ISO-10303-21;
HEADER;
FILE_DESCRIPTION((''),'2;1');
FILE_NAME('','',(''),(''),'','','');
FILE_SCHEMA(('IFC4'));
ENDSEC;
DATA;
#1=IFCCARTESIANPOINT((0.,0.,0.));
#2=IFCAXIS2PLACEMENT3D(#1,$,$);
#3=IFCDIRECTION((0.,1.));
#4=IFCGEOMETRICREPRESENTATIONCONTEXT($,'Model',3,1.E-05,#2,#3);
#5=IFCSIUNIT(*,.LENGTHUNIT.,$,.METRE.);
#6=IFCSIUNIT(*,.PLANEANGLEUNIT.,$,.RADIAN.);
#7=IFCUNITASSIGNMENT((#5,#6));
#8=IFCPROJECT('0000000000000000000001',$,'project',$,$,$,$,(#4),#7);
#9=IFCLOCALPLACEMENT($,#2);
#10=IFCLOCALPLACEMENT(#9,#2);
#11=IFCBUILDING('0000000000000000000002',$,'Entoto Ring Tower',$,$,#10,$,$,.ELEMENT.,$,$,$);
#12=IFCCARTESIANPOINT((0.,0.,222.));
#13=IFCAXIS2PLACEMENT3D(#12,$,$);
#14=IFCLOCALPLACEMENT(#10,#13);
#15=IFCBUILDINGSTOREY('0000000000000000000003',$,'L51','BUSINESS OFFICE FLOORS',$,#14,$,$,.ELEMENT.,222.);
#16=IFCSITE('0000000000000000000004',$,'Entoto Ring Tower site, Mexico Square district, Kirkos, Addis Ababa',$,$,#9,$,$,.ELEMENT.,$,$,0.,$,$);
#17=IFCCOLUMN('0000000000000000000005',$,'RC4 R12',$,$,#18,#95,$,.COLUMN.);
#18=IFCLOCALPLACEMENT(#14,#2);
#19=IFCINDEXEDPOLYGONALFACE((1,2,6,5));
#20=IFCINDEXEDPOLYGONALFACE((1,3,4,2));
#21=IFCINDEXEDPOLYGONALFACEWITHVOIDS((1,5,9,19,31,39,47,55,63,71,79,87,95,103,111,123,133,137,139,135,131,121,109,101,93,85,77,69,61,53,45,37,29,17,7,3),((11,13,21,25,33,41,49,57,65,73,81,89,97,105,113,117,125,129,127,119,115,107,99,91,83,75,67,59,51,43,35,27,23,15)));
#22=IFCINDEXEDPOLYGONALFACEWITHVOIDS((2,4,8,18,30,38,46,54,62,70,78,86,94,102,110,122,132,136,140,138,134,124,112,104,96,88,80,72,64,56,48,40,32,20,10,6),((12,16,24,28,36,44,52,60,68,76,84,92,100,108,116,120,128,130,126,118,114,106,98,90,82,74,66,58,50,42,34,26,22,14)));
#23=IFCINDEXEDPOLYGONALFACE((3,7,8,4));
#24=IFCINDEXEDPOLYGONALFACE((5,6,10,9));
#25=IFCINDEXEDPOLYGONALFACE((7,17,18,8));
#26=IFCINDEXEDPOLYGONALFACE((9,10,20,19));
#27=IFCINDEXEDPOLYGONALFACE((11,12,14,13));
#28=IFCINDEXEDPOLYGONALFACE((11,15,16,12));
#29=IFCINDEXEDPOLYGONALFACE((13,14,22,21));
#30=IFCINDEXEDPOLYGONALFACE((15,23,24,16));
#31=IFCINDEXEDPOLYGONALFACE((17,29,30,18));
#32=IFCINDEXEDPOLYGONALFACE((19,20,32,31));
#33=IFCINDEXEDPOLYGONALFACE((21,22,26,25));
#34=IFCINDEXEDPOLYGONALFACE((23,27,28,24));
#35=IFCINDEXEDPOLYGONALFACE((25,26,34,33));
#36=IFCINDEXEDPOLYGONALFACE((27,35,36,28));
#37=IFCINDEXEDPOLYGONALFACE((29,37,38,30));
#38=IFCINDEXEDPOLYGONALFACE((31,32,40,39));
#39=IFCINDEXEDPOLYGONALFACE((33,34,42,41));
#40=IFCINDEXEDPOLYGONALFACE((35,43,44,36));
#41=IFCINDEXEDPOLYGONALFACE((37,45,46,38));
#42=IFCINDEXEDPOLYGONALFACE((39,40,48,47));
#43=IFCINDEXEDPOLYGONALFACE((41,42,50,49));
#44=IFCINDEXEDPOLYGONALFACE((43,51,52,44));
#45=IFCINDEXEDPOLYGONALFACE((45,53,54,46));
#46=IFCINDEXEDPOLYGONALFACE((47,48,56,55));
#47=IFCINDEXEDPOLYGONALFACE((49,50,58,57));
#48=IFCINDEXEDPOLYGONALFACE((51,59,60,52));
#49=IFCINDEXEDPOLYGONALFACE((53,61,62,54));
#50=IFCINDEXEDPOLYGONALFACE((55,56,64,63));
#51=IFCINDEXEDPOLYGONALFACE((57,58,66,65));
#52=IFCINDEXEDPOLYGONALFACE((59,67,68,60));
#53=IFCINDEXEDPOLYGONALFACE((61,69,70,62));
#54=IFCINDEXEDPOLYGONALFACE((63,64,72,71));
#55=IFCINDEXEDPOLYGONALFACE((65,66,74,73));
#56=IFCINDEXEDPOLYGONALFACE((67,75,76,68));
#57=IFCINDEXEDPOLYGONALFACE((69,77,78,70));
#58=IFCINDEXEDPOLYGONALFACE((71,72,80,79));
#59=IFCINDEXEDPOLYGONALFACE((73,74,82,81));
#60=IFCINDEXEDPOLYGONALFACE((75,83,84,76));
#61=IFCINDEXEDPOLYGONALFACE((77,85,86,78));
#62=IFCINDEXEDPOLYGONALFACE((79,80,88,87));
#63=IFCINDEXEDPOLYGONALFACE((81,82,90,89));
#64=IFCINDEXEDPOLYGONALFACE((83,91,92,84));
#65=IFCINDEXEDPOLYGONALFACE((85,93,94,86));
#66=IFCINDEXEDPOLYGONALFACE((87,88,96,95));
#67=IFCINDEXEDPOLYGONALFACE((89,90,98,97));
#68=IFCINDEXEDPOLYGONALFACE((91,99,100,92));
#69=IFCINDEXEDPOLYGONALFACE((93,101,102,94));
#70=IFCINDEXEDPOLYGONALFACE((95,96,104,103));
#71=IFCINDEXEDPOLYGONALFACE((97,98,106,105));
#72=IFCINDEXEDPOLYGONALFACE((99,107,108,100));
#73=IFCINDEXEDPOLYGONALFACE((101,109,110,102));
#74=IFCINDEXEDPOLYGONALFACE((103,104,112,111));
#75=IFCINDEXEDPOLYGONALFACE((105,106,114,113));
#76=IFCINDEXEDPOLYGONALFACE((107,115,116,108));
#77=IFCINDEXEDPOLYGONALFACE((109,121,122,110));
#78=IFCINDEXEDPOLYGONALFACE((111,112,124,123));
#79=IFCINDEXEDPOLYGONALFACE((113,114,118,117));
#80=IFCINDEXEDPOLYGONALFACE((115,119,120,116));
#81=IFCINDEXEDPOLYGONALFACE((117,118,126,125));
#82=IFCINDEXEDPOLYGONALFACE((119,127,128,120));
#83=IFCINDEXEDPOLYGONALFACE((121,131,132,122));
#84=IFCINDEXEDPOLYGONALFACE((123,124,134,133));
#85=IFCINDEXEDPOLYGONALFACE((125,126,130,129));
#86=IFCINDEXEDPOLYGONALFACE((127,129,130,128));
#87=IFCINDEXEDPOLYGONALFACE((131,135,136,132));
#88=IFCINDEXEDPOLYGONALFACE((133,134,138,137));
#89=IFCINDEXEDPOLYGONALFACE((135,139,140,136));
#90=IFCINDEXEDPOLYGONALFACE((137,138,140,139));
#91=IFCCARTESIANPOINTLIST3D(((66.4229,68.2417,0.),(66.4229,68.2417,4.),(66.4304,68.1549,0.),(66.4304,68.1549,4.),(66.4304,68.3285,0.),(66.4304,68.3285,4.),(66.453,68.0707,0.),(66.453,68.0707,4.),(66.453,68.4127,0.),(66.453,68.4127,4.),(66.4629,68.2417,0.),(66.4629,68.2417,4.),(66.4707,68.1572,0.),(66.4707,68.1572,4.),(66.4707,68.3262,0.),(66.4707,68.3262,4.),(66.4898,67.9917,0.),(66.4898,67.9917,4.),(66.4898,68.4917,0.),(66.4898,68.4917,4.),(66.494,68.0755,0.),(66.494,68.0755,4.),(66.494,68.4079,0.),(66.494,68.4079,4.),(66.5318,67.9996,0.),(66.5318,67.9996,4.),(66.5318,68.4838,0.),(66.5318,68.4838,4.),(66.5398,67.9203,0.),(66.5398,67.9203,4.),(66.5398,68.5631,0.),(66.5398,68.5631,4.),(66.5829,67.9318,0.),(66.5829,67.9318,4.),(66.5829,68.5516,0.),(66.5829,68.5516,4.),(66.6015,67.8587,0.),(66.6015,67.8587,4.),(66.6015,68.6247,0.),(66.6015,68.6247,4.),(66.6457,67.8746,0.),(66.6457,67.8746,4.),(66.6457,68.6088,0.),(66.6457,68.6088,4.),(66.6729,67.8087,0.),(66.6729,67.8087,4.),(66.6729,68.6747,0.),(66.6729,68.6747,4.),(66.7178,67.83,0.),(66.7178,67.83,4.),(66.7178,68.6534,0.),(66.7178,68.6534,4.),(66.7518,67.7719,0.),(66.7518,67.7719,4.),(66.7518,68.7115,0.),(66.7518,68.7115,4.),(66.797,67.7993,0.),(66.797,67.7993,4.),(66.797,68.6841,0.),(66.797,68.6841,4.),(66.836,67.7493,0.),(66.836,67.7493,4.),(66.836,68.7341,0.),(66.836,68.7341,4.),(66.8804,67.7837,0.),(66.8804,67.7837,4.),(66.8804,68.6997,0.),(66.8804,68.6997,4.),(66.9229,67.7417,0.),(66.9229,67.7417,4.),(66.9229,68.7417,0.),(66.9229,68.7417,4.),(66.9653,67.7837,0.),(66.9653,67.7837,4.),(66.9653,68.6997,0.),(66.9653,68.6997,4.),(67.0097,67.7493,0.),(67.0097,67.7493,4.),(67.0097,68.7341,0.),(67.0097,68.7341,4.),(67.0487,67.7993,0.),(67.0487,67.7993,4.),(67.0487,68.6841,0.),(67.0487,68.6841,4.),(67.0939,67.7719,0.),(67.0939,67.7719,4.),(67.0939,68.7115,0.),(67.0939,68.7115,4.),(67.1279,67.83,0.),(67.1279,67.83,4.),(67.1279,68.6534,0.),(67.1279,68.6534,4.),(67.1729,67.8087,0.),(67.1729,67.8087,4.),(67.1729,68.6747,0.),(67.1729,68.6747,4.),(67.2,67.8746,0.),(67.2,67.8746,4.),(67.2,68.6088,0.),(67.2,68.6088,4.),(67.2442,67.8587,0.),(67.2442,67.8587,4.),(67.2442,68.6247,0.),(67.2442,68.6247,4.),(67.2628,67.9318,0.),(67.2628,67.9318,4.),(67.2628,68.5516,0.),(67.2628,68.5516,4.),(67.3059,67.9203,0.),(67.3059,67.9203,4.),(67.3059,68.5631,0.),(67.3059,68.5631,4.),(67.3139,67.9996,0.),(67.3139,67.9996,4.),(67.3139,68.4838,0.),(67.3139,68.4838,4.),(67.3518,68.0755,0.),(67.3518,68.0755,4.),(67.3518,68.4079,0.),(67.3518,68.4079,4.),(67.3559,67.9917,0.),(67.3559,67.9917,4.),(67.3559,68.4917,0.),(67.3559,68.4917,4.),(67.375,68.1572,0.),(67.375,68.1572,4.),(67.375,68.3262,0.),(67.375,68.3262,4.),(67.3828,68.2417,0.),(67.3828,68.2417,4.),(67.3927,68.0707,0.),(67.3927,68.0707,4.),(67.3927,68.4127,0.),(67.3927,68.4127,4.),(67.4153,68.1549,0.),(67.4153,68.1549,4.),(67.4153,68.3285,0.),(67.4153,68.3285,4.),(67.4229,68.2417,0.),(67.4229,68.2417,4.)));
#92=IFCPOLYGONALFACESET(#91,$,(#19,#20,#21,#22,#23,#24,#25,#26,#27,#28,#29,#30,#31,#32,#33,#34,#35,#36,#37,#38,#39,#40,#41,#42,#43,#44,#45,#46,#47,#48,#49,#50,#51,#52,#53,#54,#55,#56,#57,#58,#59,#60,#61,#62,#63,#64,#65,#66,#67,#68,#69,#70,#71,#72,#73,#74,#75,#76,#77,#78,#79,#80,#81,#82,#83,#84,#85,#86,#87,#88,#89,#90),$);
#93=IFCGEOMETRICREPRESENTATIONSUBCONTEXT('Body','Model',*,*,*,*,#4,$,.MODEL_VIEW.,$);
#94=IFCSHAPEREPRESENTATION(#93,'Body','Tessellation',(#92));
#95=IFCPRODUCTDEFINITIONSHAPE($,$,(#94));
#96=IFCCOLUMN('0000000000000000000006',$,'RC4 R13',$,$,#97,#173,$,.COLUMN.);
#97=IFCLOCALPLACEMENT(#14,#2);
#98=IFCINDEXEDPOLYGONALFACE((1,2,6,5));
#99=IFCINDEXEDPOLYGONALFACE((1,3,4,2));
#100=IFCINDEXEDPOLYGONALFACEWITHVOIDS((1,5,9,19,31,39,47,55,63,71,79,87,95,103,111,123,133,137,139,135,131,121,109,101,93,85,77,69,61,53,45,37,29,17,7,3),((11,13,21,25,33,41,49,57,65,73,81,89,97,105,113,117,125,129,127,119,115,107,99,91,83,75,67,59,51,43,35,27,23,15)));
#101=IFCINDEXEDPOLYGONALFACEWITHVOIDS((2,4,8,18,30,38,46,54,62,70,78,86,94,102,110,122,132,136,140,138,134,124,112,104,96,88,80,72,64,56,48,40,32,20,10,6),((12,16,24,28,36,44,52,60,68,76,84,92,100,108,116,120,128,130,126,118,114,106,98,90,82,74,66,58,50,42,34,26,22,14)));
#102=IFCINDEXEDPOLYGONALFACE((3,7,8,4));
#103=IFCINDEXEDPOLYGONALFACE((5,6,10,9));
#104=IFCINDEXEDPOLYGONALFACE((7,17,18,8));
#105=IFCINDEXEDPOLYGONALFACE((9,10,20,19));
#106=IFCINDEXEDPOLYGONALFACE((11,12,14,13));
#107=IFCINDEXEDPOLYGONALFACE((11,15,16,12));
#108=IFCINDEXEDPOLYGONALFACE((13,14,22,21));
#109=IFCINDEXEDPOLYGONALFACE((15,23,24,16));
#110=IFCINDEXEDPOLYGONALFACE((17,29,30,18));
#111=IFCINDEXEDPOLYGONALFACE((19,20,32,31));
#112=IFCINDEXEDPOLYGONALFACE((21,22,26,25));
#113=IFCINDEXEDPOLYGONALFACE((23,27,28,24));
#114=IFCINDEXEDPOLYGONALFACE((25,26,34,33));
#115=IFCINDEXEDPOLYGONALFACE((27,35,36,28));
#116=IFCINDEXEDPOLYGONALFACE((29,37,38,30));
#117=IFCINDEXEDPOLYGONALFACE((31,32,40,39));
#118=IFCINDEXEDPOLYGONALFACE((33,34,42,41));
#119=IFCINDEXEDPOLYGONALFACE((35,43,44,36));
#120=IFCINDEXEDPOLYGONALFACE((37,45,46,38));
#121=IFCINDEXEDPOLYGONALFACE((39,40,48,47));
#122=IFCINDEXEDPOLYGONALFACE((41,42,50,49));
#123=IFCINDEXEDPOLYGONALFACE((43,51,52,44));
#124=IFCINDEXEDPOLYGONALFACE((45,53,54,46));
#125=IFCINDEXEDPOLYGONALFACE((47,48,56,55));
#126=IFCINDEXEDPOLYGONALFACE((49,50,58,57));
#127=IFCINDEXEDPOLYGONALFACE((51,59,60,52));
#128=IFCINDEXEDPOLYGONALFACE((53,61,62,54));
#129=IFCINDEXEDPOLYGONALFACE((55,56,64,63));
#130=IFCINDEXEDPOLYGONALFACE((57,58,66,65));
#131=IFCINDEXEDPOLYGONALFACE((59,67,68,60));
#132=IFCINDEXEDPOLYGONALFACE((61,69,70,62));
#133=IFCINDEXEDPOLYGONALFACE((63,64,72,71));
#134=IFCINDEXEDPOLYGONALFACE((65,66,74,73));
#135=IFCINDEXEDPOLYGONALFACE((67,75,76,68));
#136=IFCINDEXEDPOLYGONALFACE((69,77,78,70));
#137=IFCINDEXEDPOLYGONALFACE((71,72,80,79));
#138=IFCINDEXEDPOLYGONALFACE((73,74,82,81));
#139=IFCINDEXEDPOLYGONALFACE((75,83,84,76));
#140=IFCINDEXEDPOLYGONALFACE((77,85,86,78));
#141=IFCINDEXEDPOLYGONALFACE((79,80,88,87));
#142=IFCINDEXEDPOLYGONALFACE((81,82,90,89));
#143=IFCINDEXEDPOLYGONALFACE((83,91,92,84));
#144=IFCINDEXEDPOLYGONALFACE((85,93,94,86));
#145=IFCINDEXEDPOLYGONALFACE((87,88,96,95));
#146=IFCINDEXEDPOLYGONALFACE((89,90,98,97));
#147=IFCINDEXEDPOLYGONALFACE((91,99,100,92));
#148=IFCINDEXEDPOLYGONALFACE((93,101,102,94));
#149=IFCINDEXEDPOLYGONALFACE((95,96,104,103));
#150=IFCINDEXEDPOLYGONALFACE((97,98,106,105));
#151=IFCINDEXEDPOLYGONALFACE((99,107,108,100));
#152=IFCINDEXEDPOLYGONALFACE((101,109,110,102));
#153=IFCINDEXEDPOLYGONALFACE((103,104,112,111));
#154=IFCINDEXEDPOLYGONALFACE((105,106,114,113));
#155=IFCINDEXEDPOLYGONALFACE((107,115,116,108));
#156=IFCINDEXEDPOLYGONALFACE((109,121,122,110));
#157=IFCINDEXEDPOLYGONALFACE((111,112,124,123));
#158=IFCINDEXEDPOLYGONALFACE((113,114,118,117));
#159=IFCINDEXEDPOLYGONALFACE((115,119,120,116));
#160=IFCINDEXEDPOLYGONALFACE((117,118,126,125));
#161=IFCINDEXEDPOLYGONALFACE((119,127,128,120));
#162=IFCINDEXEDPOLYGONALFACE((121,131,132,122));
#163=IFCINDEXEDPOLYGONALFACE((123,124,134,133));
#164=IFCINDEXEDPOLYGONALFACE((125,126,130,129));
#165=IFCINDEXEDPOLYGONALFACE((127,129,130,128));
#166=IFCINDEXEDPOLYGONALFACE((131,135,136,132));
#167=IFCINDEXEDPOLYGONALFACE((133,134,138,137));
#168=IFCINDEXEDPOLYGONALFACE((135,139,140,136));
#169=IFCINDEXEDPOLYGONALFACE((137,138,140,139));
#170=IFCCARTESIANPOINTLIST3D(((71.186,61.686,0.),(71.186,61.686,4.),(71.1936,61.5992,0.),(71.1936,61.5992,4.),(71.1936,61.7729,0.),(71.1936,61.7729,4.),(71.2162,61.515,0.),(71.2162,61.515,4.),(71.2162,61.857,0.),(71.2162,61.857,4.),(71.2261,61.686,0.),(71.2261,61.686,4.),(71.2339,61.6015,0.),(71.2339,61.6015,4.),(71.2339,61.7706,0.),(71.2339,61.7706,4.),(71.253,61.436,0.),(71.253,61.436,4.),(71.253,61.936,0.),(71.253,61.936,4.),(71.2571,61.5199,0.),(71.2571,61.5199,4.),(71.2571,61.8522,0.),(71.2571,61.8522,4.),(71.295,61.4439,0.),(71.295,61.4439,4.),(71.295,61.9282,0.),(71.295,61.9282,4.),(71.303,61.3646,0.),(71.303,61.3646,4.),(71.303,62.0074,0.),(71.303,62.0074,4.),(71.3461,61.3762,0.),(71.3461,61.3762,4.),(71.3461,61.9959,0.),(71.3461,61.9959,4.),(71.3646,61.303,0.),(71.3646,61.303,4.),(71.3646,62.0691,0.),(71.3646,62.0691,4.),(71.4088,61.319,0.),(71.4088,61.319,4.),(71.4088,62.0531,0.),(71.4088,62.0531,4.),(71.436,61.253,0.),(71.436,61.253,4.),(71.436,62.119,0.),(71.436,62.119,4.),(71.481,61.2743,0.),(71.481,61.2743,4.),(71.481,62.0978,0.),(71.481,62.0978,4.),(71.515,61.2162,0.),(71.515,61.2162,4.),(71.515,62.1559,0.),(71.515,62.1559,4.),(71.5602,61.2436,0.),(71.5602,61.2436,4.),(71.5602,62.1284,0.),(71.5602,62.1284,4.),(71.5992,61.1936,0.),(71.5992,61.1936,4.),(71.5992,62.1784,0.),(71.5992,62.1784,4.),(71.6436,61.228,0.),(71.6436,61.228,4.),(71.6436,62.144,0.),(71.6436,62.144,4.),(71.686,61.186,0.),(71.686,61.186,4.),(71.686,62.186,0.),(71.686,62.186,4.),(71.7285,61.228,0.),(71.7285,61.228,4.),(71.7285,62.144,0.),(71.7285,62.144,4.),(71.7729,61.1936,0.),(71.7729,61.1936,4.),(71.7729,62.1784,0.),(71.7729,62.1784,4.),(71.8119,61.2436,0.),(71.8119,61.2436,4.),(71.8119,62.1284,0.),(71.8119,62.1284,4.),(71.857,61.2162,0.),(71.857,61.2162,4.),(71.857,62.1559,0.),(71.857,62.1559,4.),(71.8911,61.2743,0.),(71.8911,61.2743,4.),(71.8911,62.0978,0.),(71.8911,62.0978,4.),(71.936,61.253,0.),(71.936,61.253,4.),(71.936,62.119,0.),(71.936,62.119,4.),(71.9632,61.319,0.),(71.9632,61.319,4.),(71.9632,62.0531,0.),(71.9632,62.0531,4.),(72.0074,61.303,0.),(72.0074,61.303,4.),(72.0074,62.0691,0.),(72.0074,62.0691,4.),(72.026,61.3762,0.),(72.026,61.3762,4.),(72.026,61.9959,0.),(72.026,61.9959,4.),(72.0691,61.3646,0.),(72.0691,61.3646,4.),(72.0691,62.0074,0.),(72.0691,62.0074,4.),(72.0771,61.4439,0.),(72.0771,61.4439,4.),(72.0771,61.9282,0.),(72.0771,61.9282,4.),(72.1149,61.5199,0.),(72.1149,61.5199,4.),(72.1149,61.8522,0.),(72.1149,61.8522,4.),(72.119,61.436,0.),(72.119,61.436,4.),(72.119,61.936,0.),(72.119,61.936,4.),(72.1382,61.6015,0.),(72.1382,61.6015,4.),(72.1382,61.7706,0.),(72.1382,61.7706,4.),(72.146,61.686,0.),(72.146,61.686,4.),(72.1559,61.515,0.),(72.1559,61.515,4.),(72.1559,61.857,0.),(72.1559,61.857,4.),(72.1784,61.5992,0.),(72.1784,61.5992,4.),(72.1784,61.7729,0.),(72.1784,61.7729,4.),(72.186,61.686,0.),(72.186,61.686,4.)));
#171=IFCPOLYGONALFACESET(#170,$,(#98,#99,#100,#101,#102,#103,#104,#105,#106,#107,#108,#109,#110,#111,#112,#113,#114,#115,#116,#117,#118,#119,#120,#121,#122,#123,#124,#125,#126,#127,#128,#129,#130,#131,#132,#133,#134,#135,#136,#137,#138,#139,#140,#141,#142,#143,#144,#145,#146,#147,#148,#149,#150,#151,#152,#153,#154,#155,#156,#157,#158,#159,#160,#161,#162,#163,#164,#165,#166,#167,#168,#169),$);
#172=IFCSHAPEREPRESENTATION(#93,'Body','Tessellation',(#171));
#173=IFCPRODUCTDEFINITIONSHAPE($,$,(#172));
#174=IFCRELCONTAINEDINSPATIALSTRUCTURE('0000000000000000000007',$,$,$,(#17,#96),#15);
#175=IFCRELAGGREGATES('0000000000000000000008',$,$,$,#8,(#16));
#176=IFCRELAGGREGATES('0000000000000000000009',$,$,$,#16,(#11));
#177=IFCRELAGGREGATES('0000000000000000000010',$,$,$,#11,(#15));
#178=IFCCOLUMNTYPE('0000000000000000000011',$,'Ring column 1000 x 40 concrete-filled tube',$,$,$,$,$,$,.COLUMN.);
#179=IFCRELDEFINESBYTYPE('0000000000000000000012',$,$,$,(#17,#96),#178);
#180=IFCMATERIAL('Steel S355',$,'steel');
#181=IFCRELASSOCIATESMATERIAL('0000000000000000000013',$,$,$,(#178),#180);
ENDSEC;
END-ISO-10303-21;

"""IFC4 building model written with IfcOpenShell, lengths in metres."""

from ifc_helpers import new_model, si_unit, direction, frame, origin, origin_2d, place, context, subcontext, project, spatial, circle, hollow_circle, extrude, material, material_profile, profile_set, type_object, element, save


model = new_model("IFC4")

# Units and contexts
model_context = context("Model", 3, precision=1e-05, world=origin(), true_north=direction((0.0, 1.0)))
body_context = subcontext(model_context, "Body", "Model", "MODEL_VIEW")
ifc_project = project(units=[si_unit("LENGTHUNIT", "METRE"), si_unit("PLANEANGLEUNIT", "RADIAN")], contexts=[model_context])

# Site, building, storey
site_placement = place(None, origin())
site = spatial("IfcSite", under=ifc_project, at=site_placement, Name="Entoto Ring Tower site, Mexico Square district, Kirkos, Addis Ababa", CompositionType="ELEMENT", RefElevation=0.0)
building_placement = place(site_placement, origin())
building = spatial("IfcBuilding", under=site, at=building_placement, Name="Entoto Ring Tower", CompositionType="ELEMENT")
storey_placement = place(building_placement, frame((0.0, 0.0, 222.0)))
storey = spatial("IfcBuildingStorey", under=building, at=storey_placement, Name="L51", Description="BUSINESS OFFICE FLOORS", CompositionType="ELEMENT", Elevation=222.0)

# Columns
ifc_material_1 = material(Name="Steel S355", Category="steel")
ifc_material_profile_1 = material_profile(ifc_material_1, hollow_circle(Radius=0.5, WallThickness=0.04, at=origin_2d()), Name="CHS 1000 x 40")
ifc_material_2 = material(Name="Concrete C60/75", Category="concrete")
ifc_material_profile_2 = material_profile(ifc_material_2, circle(Radius=0.46, at=origin_2d()), Name="Concrete C60/75 infill")
ifc_profile_set_1 = profile_set([ifc_material_profile_1, ifc_material_profile_2], Name="Steel S355")
column_type = type_object("IfcColumnType", Name="Ring column 1000 x 40 concrete-filled tube", PredefinedType="COLUMN", material=ifc_profile_set_1)
for number, where, z_axis, x_axis, name in (
    (1, (66.9229, 68.2417, 0.0), (0.0, 0.0, 1.0), (1.0, 0.0, 0.0), "RC4 R12"),
    (2, (71.686, 61.686, 0.0), (0.0, 0.0, 1.0), (1.0, 0.0, 0.0), "RC4 R13"),
):
    element("IfcColumn", number, at=place(storey_placement, frame(where, z_axis=z_axis, x_axis=x_axis)), inside=storey, type_object=column_type, Name=name, PredefinedType="COLUMN", context=body_context, shape_type="SweptSolid", body=[
        extrude(hollow_circle(Radius=0.5, WallThickness=0.04, at=origin_2d()), origin(), (0.0, 0.0, 1.0), 4.0),
    ])

save(model, "model.ifc")
